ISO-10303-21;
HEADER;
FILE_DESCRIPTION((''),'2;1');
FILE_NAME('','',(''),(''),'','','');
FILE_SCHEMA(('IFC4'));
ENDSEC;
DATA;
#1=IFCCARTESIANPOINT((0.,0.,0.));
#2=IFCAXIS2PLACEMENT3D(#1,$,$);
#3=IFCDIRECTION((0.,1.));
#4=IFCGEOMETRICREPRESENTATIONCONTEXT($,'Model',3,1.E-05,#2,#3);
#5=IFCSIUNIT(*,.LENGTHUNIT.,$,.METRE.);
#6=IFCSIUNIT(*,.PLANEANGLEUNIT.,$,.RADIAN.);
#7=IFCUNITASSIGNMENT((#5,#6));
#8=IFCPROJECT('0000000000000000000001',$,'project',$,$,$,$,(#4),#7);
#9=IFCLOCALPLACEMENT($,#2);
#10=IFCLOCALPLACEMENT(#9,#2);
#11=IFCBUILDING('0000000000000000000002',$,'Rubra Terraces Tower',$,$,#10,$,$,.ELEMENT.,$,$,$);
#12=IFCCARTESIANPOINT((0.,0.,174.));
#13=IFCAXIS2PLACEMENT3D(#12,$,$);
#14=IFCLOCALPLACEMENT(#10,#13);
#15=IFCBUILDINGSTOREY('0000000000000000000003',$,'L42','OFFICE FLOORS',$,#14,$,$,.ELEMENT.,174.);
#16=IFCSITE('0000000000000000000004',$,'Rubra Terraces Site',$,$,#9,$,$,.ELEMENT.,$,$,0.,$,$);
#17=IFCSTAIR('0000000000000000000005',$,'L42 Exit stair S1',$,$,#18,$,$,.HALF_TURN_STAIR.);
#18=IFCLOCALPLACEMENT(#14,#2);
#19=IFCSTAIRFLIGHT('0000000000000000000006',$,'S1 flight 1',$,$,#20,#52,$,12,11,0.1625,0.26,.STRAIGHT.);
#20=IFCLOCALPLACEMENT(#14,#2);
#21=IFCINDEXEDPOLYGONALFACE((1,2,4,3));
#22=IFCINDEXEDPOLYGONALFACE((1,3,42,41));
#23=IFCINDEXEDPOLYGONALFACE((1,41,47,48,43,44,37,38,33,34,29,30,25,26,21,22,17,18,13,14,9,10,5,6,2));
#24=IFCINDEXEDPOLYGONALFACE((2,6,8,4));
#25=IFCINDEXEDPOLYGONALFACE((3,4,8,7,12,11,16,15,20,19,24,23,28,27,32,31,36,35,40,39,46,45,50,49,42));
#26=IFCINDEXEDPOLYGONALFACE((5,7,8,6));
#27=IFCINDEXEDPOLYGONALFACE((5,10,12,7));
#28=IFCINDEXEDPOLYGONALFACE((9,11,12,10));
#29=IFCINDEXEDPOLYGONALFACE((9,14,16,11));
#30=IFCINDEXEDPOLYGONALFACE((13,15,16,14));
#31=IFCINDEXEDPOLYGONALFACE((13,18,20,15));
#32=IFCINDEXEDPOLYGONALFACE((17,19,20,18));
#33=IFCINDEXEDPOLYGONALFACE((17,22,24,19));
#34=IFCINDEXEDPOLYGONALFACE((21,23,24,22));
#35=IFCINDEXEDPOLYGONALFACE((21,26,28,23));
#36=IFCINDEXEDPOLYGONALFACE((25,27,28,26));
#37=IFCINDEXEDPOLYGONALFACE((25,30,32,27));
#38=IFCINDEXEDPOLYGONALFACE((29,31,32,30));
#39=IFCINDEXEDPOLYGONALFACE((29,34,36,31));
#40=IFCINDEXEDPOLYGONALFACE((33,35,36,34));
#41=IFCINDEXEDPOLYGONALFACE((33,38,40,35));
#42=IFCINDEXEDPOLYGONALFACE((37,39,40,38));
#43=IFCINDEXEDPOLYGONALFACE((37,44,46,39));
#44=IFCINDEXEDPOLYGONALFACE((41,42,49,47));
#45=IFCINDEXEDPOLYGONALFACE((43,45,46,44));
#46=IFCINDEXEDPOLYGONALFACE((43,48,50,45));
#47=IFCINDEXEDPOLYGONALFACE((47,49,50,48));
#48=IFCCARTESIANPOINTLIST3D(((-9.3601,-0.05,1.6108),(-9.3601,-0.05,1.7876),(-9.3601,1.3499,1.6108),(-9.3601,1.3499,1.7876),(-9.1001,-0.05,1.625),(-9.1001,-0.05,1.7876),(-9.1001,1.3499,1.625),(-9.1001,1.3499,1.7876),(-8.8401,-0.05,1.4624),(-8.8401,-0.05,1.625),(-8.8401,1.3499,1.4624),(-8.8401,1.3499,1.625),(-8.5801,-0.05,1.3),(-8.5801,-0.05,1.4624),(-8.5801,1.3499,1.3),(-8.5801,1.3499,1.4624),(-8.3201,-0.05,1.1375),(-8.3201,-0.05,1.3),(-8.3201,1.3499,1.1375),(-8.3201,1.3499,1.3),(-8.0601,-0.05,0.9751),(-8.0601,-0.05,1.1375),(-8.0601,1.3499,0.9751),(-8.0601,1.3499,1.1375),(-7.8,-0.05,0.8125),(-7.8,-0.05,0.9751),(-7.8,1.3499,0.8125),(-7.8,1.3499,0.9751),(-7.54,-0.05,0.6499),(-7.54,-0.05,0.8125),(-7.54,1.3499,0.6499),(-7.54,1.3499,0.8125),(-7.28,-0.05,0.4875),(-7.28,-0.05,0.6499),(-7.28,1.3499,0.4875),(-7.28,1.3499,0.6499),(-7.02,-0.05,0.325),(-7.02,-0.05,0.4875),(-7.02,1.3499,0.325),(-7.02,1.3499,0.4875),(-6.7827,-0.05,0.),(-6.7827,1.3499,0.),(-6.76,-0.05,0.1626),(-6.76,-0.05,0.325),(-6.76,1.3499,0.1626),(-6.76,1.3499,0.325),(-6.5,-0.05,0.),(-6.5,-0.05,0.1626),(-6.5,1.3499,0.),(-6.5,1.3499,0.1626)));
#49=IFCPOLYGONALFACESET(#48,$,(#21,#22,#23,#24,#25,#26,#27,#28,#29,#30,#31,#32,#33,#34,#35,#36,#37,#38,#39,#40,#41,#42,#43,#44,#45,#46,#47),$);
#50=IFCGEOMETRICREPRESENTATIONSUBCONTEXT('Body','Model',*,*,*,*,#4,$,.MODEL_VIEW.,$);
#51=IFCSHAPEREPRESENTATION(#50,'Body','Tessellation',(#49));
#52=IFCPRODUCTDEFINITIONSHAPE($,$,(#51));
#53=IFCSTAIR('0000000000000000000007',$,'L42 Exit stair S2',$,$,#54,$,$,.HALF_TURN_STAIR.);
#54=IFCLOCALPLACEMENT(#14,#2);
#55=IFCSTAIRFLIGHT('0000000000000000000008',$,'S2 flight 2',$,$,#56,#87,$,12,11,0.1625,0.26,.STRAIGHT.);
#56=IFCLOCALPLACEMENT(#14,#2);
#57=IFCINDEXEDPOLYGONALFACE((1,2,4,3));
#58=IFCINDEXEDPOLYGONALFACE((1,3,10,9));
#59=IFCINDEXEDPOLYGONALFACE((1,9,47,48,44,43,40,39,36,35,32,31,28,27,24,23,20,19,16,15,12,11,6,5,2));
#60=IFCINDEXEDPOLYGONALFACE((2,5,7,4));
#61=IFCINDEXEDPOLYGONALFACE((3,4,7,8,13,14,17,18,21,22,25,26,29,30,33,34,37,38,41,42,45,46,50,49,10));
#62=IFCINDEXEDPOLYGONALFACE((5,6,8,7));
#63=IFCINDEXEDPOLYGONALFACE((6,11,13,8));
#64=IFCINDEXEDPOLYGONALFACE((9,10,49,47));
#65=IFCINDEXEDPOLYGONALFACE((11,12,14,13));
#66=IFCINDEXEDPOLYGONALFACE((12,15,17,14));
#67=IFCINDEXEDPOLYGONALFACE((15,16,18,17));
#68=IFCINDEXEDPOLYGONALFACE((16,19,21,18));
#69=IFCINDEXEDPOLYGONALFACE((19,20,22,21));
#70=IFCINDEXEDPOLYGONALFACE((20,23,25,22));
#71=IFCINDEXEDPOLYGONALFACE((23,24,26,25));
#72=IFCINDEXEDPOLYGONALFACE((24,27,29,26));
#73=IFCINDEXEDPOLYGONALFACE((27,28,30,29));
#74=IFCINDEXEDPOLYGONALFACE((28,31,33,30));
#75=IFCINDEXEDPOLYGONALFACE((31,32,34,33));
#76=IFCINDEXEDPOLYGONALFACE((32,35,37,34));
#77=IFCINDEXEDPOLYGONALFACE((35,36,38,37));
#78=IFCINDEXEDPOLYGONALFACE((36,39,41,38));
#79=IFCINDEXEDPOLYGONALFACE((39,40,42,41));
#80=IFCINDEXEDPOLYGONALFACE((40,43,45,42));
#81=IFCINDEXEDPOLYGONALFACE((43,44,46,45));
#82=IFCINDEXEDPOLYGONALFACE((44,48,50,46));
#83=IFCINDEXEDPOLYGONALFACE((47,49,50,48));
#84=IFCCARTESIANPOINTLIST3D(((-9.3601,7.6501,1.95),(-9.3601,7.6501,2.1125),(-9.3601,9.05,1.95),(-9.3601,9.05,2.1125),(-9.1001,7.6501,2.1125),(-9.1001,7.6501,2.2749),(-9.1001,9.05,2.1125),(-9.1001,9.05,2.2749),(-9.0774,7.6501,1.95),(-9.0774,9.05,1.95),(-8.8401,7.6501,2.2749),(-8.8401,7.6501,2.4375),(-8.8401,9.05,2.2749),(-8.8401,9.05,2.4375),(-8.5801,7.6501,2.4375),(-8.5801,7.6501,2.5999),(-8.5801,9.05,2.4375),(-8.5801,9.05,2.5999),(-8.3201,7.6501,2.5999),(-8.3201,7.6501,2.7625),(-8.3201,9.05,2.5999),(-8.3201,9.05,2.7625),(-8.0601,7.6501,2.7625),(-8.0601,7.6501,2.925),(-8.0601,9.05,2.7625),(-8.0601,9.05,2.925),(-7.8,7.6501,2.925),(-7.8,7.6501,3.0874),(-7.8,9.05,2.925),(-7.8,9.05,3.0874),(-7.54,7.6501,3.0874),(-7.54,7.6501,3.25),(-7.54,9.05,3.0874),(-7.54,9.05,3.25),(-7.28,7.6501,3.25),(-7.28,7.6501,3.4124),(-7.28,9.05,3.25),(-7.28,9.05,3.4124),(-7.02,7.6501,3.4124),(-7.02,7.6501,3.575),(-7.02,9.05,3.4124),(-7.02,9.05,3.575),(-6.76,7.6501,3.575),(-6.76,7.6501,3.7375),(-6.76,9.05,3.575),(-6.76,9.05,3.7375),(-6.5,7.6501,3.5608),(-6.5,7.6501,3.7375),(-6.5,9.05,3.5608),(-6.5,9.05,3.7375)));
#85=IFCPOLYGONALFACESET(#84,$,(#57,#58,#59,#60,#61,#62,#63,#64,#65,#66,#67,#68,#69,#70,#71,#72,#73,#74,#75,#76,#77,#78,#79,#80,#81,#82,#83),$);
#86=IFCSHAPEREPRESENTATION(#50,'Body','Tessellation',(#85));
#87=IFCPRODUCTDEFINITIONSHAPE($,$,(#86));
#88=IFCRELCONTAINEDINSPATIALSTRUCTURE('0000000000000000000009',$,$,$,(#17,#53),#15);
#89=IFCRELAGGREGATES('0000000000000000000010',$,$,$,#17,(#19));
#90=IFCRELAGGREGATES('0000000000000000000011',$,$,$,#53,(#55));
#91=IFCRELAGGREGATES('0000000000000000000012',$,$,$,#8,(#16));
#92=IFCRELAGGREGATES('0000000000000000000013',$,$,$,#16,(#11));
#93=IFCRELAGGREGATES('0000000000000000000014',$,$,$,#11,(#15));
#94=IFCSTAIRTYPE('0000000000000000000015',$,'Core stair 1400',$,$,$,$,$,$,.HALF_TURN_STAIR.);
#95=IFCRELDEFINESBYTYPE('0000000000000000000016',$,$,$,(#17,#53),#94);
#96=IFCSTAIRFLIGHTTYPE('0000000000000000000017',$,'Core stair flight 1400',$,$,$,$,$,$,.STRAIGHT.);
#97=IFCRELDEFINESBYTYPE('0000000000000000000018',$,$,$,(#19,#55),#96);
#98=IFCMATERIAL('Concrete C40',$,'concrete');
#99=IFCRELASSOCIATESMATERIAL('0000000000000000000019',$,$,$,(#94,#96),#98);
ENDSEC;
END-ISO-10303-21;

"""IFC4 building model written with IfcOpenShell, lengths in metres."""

from ifc_helpers import new_model, si_unit, direction, frame, origin, place, context, subcontext, project, spatial, polyline, outline, extrude, material, type_object, element, aggregate, save


model = new_model("IFC4")

# Units and contexts
model_context = context("Model", 3, precision=1e-05, world=origin(), true_north=direction((0.0, 1.0)))
body_context = subcontext(model_context, "Body", "Model", "MODEL_VIEW")
ifc_project = project(units=[si_unit("LENGTHUNIT", "METRE"), si_unit("PLANEANGLEUNIT", "RADIAN")], contexts=[model_context])

# Site, building, storey
site_placement = place(None, origin())
site = spatial("IfcSite", under=ifc_project, at=site_placement, Name="Rubra Terraces Site", CompositionType="ELEMENT", RefElevation=0.0)
building_placement = place(site_placement, origin())
building = spatial("IfcBuilding", under=site, at=building_placement, Name="Rubra Terraces Tower", CompositionType="ELEMENT")
storey_placement = place(building_placement, frame((0.0, 0.0, 174.0)))
storey = spatial("IfcBuildingStorey", under=building, at=storey_placement, Name="L42", Description="OFFICE FLOORS", CompositionType="ELEMENT", Elevation=174.0)

# Shared definitions
ifc_material_1 = material(Name="Concrete C40", Category="concrete")

# Stairs, stair flights
stair_type = type_object("IfcStairType", Name="Core stair 1400", PredefinedType="HALF_TURN_STAIR", material=ifc_material_1)
stair_1_placement = place(storey_placement, origin())
stair_1 = element("IfcStair", 1, at=stair_1_placement, inside=storey, type_object=stair_type, Name="L42 Exit stair S1", PredefinedType="HALF_TURN_STAIR")
stair_flight_type = type_object("IfcStairFlightType", Name="Core stair flight 1400", PredefinedType="STRAIGHT", material=ifc_material_1)
stair_flight_1_placement = place(storey_placement, frame((-6.5, 0.6499, 0.0), z_axis=(0.0, 0.0, 1.0), x_axis=(-1.0, 0.0, 0.0)))
stair_flight_1 = element("IfcStairFlight", 2, at=stair_flight_1_placement, type_object=stair_flight_type, Name="S1 flight 1", NumberOfRisers=12, NumberOfTreads=11, PredefinedType="STRAIGHT", RiserHeight=0.1625, TreadLength=0.26, context=body_context, shape_type="SweptSolid", body=[
    extrude(outline(polyline([(0.0, 0.0), (0.0, 0.1626), (0.26, 0.1626), (0.26, 0.325), (0.52, 0.325), (0.52, 0.4875), (0.78, 0.4875), (0.78, 0.6499), (1.04, 0.6499), (1.04, 0.8125), (1.3, 0.8125), (1.3, 0.9751), (1.5601, 0.9751), (1.5601, 1.1375), (1.8201, 1.1375), (1.8201, 1.3), (2.0801, 1.3), (2.0801, 1.4624), (2.3401, 1.4624), (2.3401, 1.625), (2.6001, 1.625), (2.6001, 1.7876), (2.8601, 1.7876), (2.8601, 1.95), (2.8601, 1.6108), (0.2827, 0.0), (0.0, 0.0)])), frame((0.0, 0.7, 0.0), z_axis=(0.0, -1.0, 0.0), x_axis=(1.0, 0.0, 0.0)), (0.0, 0.0, 1.0), 1.3999),
])
aggregate(stair_1, [stair_flight_1])
stair_2_placement = place(storey_placement, origin())
stair_2 = element("IfcStair", 3, at=stair_2_placement, inside=storey, type_object=stair_type, Name="L42 Exit stair S2", PredefinedType="HALF_TURN_STAIR")
stair_flight_2_placement = place(storey_placement, frame((-9.3601, 8.3501, 1.95), z_axis=(0.0, 0.0, 1.0), x_axis=(1.0, 0.0, 0.0)))
stair_flight_2 = element("IfcStairFlight", 4, at=stair_flight_2_placement, type_object=stair_flight_type, Name="S2 flight 2", NumberOfRisers=12, NumberOfTreads=11, PredefinedType="STRAIGHT", RiserHeight=0.1625, TreadLength=0.26, context=body_context, shape_type="SweptSolid", body=[
    extrude(outline(polyline([(0.0, 0.0), (0.0, 0.1626), (0.26, 0.1626), (0.26, 0.325), (0.52, 0.325), (0.52, 0.4875), (0.78, 0.4875), (0.78, 0.6499), (1.04, 0.6499), (1.04, 0.8125), (1.3, 0.8125), (1.3, 0.9751), (1.5601, 0.9751), (1.5601, 1.1375), (1.8201, 1.1375), (1.8201, 1.3), (2.0801, 1.3), (2.0801, 1.4624), (2.3401, 1.4624), (2.3401, 1.625), (2.6001, 1.625), (2.6001, 1.7876), (2.8601, 1.7876), (2.8601, 1.95), (2.8601, 1.6108), (0.2827, 0.0), (0.0, 0.0)])), frame((0.0, 0.7, 0.0), z_axis=(0.0, -1.0, 0.0), x_axis=(1.0, 0.0, 0.0)), (0.0, 0.0, 1.0), 1.3999),
])
aggregate(stair_2, [stair_flight_2])

save(model, "model.ifc")
